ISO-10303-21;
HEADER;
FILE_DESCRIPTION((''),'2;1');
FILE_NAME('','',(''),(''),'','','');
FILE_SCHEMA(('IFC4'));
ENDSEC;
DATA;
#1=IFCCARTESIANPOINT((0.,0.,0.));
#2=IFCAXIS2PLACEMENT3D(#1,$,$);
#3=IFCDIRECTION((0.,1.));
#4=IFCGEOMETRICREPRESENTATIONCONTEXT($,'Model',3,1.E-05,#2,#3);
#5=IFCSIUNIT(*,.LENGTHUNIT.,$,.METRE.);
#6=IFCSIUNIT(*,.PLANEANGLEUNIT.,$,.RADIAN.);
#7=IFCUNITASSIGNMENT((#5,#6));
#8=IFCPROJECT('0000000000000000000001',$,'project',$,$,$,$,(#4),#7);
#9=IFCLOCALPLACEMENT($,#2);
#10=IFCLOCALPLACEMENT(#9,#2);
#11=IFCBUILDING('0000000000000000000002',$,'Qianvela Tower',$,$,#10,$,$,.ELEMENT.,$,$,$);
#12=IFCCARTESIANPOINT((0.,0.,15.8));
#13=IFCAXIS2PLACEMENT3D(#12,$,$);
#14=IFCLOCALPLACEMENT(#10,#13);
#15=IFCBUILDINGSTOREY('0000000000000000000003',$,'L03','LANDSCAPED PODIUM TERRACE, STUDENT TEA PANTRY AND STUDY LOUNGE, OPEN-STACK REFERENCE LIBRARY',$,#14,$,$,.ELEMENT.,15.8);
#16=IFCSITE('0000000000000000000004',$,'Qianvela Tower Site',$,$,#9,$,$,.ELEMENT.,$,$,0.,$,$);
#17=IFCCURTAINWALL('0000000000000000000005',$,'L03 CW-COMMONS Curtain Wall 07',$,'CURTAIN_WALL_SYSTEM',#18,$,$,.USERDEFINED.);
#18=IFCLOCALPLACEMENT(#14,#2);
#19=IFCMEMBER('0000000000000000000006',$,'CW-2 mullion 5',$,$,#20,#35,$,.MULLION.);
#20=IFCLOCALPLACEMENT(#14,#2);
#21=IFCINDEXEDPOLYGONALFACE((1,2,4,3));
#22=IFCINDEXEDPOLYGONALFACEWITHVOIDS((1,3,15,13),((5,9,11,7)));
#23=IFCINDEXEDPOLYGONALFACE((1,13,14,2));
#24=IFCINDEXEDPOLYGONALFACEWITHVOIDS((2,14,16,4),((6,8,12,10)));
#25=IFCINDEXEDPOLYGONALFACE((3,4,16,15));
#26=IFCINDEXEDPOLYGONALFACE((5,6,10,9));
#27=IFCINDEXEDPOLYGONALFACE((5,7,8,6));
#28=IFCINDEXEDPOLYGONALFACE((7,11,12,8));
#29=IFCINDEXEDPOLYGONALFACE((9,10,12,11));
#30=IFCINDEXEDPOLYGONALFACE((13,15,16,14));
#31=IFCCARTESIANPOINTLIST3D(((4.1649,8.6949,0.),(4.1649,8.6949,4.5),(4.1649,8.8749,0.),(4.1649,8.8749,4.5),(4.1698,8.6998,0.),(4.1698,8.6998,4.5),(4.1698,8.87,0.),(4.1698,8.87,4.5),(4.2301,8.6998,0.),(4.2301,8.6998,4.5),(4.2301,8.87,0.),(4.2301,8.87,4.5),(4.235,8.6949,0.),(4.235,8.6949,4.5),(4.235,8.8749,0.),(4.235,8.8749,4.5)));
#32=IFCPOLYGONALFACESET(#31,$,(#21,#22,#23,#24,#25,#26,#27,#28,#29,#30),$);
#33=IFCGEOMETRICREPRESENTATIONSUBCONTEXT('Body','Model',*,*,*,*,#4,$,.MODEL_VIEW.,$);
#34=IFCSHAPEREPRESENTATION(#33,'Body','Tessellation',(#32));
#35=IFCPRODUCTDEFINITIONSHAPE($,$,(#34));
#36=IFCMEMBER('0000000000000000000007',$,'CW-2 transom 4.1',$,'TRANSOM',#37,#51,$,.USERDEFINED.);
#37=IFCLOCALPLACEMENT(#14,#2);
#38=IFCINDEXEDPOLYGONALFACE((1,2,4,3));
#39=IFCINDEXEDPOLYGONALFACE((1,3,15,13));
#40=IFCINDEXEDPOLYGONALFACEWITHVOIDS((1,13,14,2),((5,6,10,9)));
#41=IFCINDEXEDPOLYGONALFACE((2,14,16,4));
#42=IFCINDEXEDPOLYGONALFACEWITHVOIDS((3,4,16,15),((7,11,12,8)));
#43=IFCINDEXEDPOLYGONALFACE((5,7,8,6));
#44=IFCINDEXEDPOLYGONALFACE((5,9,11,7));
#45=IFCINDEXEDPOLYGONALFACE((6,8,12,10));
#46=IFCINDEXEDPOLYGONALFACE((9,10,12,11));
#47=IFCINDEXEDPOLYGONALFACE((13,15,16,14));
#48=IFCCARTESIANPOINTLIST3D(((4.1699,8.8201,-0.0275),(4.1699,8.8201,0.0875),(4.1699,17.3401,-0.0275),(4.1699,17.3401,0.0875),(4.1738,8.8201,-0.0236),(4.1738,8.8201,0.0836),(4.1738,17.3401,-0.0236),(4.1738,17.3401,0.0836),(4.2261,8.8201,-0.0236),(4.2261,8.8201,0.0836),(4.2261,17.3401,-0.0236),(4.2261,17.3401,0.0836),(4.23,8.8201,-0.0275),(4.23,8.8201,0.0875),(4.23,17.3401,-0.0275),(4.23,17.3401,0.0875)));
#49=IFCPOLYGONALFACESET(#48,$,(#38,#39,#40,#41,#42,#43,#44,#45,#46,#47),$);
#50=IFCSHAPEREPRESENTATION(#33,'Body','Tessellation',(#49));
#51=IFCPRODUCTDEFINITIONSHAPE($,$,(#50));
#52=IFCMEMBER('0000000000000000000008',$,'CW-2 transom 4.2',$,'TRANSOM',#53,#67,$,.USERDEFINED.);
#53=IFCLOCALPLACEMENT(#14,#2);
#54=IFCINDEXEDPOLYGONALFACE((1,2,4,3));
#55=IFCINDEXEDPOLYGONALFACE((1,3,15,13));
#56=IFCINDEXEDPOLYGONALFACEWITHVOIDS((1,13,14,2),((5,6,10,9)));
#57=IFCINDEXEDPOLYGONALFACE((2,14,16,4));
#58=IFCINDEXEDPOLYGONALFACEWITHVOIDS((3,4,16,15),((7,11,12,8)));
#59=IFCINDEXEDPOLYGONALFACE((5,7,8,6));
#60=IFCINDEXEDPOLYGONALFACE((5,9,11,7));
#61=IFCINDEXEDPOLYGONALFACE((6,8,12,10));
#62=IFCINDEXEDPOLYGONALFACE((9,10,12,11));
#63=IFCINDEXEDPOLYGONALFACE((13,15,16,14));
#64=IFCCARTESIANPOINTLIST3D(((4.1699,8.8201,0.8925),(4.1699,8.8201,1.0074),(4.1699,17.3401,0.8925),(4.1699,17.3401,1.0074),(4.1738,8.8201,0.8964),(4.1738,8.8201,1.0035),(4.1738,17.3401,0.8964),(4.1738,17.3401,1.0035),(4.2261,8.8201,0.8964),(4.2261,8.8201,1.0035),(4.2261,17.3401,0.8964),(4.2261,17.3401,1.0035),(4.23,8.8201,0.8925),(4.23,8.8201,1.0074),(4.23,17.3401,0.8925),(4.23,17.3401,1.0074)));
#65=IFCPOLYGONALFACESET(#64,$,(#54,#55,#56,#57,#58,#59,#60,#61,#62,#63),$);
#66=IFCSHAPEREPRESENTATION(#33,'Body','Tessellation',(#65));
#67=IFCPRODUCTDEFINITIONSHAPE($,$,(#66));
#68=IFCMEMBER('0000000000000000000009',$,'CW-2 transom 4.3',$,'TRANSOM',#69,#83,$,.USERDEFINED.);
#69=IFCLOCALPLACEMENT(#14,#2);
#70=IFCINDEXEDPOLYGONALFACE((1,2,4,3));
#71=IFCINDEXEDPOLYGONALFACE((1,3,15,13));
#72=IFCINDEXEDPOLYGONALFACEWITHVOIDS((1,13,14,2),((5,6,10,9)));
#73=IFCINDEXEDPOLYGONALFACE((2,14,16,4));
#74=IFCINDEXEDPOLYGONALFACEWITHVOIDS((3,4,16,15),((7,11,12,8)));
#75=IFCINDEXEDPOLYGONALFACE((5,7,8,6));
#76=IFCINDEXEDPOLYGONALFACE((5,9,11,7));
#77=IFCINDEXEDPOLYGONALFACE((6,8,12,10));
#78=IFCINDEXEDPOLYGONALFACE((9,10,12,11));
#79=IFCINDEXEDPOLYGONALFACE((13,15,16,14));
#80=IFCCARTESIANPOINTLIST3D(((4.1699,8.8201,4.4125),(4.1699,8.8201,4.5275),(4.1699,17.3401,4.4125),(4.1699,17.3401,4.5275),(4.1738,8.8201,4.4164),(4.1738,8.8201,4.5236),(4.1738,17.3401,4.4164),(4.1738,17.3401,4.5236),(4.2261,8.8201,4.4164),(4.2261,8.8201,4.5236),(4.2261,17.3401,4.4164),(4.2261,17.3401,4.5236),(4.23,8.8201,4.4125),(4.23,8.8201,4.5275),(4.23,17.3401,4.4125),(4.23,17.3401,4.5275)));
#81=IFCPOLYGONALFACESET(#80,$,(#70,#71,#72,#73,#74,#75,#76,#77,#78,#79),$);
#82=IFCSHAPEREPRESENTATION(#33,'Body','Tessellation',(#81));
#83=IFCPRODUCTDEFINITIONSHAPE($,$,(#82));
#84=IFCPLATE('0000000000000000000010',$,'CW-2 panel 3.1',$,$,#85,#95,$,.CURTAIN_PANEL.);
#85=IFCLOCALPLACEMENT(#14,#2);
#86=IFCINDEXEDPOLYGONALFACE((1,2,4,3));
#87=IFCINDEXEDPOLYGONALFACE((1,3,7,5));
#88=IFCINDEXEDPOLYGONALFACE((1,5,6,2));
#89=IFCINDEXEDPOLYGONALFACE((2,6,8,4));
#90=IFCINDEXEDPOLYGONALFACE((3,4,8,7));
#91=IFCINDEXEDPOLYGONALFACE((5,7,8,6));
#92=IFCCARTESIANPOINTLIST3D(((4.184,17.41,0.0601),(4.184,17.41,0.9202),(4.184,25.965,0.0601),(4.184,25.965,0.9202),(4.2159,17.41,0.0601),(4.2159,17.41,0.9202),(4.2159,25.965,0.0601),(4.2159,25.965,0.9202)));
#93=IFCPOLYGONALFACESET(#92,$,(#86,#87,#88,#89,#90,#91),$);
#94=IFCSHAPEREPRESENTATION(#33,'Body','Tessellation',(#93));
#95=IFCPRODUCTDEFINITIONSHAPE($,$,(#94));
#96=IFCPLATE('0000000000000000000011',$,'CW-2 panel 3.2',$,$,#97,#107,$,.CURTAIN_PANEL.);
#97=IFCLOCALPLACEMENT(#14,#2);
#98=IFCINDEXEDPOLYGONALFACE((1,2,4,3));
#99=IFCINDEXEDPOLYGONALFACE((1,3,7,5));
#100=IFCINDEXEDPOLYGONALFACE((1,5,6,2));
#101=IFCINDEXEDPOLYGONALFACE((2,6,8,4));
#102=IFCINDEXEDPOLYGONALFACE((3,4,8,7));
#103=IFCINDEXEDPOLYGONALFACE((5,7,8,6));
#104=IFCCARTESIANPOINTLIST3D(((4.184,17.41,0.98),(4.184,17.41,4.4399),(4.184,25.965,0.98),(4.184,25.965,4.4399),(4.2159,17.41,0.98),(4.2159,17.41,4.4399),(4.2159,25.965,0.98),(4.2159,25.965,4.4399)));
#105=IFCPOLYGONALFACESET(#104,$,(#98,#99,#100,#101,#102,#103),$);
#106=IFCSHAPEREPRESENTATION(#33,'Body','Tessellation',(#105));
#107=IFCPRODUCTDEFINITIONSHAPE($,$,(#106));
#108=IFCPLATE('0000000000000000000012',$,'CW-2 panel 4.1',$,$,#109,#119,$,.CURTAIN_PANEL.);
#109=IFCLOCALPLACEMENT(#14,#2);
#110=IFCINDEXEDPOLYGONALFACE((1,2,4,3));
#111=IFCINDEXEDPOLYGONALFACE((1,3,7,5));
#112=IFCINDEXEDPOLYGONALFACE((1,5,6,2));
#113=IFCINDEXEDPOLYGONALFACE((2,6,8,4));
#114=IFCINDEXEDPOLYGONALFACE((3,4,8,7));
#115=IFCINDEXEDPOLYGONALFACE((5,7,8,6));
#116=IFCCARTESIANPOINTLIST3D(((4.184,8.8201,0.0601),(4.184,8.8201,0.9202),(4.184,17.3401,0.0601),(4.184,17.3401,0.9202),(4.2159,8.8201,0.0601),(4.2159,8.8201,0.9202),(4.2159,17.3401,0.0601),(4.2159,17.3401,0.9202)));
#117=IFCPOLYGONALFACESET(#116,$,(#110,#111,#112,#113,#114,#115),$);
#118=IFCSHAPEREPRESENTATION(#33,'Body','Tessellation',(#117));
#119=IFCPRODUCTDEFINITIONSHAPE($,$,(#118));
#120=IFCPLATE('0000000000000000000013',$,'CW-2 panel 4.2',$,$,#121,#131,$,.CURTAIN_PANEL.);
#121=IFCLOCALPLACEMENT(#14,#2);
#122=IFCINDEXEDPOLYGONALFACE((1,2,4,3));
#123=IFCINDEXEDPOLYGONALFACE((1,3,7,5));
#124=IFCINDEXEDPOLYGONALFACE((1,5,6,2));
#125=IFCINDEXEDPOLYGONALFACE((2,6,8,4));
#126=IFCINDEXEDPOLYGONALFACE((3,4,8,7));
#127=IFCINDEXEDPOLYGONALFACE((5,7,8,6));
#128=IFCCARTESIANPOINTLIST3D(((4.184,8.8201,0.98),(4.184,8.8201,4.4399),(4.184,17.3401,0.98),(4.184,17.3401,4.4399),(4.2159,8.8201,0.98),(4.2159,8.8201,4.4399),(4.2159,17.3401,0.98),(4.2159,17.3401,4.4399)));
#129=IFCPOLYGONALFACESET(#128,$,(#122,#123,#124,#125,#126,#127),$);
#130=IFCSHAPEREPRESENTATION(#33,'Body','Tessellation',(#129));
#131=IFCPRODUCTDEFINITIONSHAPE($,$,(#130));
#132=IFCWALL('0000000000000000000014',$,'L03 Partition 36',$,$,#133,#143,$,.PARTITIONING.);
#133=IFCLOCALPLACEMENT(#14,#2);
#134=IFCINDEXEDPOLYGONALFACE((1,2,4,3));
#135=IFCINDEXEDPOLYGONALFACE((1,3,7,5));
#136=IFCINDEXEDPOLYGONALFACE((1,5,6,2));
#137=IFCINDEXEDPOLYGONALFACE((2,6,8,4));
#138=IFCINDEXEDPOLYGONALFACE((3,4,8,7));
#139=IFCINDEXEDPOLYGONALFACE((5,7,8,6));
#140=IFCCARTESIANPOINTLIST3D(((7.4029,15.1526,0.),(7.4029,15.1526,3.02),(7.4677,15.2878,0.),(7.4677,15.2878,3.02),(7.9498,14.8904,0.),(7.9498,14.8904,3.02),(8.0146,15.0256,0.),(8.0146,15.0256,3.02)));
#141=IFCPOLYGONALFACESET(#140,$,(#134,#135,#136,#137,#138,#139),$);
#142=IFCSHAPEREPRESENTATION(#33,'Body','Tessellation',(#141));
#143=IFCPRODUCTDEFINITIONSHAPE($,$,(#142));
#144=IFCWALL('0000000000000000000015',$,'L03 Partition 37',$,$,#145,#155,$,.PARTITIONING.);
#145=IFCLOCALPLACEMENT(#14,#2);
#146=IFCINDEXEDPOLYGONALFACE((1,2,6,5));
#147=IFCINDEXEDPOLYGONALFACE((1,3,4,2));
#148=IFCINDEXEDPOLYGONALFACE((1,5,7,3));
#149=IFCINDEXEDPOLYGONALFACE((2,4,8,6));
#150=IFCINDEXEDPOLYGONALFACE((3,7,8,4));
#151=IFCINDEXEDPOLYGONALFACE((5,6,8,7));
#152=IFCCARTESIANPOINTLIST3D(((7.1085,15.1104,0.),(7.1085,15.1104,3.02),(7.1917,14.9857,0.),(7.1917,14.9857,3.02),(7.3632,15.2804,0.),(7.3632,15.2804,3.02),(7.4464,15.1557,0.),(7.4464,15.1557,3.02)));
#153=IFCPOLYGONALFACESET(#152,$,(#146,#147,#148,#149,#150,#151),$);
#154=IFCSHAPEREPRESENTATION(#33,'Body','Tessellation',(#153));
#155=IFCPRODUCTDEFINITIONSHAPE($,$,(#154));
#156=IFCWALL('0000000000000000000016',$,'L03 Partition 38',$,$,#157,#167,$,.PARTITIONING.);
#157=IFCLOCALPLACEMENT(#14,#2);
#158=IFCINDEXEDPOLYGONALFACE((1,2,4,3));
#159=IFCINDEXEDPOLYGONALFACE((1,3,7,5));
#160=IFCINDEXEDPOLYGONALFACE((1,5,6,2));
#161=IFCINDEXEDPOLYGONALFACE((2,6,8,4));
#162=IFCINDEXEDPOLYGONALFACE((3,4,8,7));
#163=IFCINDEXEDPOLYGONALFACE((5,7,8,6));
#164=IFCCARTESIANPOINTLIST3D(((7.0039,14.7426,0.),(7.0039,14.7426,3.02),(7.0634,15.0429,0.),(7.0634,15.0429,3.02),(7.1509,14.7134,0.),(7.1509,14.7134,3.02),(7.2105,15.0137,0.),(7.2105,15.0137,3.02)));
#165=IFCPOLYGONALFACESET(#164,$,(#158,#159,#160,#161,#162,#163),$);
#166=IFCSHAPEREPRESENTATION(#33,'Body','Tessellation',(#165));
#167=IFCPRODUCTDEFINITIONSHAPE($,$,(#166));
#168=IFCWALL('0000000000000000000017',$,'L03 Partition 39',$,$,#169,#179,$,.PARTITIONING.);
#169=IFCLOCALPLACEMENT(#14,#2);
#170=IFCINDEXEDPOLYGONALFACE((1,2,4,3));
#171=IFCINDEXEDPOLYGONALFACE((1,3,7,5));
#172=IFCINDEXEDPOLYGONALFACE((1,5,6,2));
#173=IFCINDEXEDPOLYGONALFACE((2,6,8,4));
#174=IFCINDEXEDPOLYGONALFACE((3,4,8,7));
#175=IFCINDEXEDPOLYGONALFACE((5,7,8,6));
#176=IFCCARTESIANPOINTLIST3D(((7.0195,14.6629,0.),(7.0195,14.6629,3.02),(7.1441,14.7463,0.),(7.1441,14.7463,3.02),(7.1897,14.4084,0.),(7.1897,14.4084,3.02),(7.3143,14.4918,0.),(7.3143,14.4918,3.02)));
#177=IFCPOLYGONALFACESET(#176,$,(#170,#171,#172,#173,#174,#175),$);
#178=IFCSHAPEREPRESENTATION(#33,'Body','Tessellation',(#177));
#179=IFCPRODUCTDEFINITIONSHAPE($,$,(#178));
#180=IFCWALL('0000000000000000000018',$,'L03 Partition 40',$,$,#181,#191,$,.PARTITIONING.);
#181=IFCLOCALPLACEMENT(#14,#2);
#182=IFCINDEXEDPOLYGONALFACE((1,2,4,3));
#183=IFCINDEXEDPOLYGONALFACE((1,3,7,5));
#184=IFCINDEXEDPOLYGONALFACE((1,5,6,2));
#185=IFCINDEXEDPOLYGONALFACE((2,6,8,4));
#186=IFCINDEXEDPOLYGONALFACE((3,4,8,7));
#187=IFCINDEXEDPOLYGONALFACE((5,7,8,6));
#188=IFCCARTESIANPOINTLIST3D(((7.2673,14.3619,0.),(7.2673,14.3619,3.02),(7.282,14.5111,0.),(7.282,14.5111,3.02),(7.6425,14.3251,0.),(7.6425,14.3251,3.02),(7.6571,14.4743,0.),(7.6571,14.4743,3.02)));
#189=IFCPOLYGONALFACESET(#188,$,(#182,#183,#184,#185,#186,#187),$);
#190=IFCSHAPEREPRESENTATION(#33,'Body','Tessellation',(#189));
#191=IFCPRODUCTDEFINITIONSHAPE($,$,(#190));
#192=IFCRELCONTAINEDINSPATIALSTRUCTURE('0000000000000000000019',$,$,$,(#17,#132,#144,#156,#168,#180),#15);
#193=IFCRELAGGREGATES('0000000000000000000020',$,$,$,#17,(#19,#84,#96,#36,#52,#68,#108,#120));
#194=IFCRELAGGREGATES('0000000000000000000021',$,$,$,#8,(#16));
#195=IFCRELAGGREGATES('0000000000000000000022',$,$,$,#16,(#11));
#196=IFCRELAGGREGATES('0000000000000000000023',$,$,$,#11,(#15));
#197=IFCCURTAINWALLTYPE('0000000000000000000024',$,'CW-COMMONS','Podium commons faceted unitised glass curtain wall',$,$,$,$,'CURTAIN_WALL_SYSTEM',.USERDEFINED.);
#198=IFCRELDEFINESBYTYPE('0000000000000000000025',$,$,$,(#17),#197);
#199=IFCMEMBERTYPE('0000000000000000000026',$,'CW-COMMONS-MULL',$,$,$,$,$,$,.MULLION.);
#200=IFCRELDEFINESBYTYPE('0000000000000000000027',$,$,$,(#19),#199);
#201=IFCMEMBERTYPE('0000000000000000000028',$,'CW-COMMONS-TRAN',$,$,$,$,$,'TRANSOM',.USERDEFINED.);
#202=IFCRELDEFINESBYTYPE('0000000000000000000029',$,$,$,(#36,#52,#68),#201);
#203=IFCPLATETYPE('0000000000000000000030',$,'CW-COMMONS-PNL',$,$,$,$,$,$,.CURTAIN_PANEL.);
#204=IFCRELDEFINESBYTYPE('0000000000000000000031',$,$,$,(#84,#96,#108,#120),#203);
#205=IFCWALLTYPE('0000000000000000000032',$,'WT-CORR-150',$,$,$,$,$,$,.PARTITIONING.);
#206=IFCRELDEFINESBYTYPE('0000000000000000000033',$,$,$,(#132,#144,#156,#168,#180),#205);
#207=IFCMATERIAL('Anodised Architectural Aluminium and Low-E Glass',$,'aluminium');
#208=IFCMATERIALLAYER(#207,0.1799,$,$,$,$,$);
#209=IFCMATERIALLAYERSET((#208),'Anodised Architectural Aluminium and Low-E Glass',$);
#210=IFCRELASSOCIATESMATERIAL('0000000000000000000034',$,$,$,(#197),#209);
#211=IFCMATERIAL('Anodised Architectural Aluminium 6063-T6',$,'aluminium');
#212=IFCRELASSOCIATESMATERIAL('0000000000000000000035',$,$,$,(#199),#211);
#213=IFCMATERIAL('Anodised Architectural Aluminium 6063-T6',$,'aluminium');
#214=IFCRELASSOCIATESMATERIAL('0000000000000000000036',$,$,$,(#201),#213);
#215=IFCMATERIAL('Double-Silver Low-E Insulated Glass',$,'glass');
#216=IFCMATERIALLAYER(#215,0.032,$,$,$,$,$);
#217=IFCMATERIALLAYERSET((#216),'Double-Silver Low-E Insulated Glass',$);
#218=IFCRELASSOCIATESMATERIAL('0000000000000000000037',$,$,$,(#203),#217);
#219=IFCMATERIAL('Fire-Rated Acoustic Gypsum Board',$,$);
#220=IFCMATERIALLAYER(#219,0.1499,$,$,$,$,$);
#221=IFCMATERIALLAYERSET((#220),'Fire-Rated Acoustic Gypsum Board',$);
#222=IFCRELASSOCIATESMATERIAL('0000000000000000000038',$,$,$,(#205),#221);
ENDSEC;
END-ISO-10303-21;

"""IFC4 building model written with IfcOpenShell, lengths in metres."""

from ifc_helpers import new_model, si_unit, direction, frame, frame_2d, origin, origin_2d, place, context, subcontext, project, spatial, rectangle, hollow_rectangle, extrude, material, layer, layer_set, material_profile, profile_set, type_object, element, aggregate, save


model = new_model("IFC4")

# Units and contexts
model_context = context("Model", 3, precision=1e-05, world=origin(), true_north=direction((0.0, 1.0)))
body_context = subcontext(model_context, "Body", "Model", "MODEL_VIEW")
ifc_project = project(units=[si_unit("LENGTHUNIT", "METRE"), si_unit("PLANEANGLEUNIT", "RADIAN")], contexts=[model_context])

# Site, building, storey
site_placement = place(None, origin())
site = spatial("IfcSite", under=ifc_project, at=site_placement, Name="Qianvela Tower Site", CompositionType="ELEMENT", RefElevation=0.0)
building_placement = place(site_placement, origin())
building = spatial("IfcBuilding", under=site, at=building_placement, Name="Qianvela Tower", CompositionType="ELEMENT")
storey_placement = place(building_placement, frame((0.0, 0.0, 15.8)))
storey = spatial("IfcBuildingStorey", under=building, at=storey_placement, Name="L03", Description="LANDSCAPED PODIUM TERRACE, STUDENT TEA PANTRY AND STUDY LOUNGE, OPEN-STACK REFERENCE LIBRARY", CompositionType="ELEMENT", Elevation=15.8)

# Curtain wall, members, plates
ifc_material_1 = material(Name="Anodised Architectural Aluminium and Low-E Glass", Category="aluminium")
ifc_layer_1 = layer(ifc_material_1, 0.1799)
ifc_layer_set_1 = layer_set([ifc_layer_1], Name="Anodised Architectural Aluminium and Low-E Glass")
curtain_wall_type = type_object("IfcCurtainWallType", Name="CW-COMMONS", Description="Podium commons faceted unitised glass curtain wall", ElementType="CURTAIN_WALL_SYSTEM", PredefinedType="USERDEFINED", material=ifc_layer_set_1)
curtain_wall_placement = place(storey_placement, origin())
curtain_wall = element("IfcCurtainWall", 1, at=curtain_wall_placement, inside=storey, type_object=curtain_wall_type, Name="L03 CW-COMMONS Curtain Wall 07", ObjectType="CURTAIN_WALL_SYSTEM", PredefinedType="USERDEFINED")
ifc_material_2 = material(Name="Anodised Architectural Aluminium 6063-T6", Category="aluminium")
ifc_material_profile_1 = material_profile(ifc_material_2, hollow_rectangle(XDim=0.0701, YDim=0.1799, WallThickness=0.0049, at=origin_2d()), Name="ALU-MULL-70x180")
ifc_profile_set_1 = profile_set([ifc_material_profile_1], Name="Anodised Architectural Aluminium 6063-T6")
member_type_1 = type_object("IfcMemberType", Name="CW-COMMONS-MULL", PredefinedType="MULLION", material=ifc_profile_set_1)
member_1_placement = place(storey_placement, frame((4.2, 8.7849, 0.0), z_axis=(0.0, 0.0, 1.0), x_axis=(1.0, 0.0, 0.0)))
member_1 = element("IfcMember", 2, at=member_1_placement, type_object=member_type_1, Name="CW-2 mullion 5", PredefinedType="MULLION", context=body_context, shape_type="SweptSolid", body=[
    extrude(hollow_rectangle(XDim=0.0701, YDim=0.1799, WallThickness=0.0049, at=origin_2d()), origin(), (0.0, 0.0, 1.0), 4.5),
])
ifc_material_3 = material(Name="Anodised Architectural Aluminium 6063-T6", Category="aluminium")
ifc_material_profile_2 = material_profile(ifc_material_3, hollow_rectangle(XDim=0.0601, YDim=0.115, WallThickness=0.0039, at=origin_2d()), Name="ALU-TRAN-60x115")
ifc_profile_set_2 = profile_set([ifc_material_profile_2], Name="Anodised Architectural Aluminium 6063-T6")
member_type_2 = type_object("IfcMemberType", Name="CW-COMMONS-TRAN", ElementType="TRANSOM", PredefinedType="USERDEFINED", material=ifc_profile_set_2)
member_2_placement = place(storey_placement, frame((4.2, 17.3401, 0.03), z_axis=(0.0, -1.0, 0.0), x_axis=(1.0, 0.0, 0.0)))
member_2 = element("IfcMember", 3, at=member_2_placement, type_object=member_type_2, Name="CW-2 transom 4.1", ObjectType="TRANSOM", PredefinedType="USERDEFINED", context=body_context, shape_type="SweptSolid", body=[
    extrude(hollow_rectangle(XDim=0.0601, YDim=0.115, WallThickness=0.0039, at=origin_2d()), origin(), (0.0, 0.0, 1.0), 8.52),
])
member_3_placement = place(storey_placement, frame((4.2, 17.3401, 0.95), z_axis=(0.0, -1.0, 0.0), x_axis=(1.0, 0.0, 0.0)))
member_3 = element("IfcMember", 4, at=member_3_placement, type_object=member_type_2, Name="CW-2 transom 4.2", ObjectType="TRANSOM", PredefinedType="USERDEFINED", context=body_context, shape_type="SweptSolid", body=[
    extrude(hollow_rectangle(XDim=0.0601, YDim=0.115, WallThickness=0.0039, at=origin_2d()), origin(), (0.0, 0.0, 1.0), 8.52),
])
member_4_placement = place(storey_placement, frame((4.2, 17.3401, 4.47), z_axis=(0.0, -1.0, 0.0), x_axis=(1.0, 0.0, 0.0)))
member_4 = element("IfcMember", 5, at=member_4_placement, type_object=member_type_2, Name="CW-2 transom 4.3", ObjectType="TRANSOM", PredefinedType="USERDEFINED", context=body_context, shape_type="SweptSolid", body=[
    extrude(hollow_rectangle(XDim=0.0601, YDim=0.115, WallThickness=0.0039, at=origin_2d()), origin(), (0.0, 0.0, 1.0), 8.52),
])
ifc_material_4 = material(Name="Double-Silver Low-E Insulated Glass", Category="glass")
ifc_layer_2 = layer(ifc_material_4, 0.032)
ifc_layer_set_2 = layer_set([ifc_layer_2], Name="Double-Silver Low-E Insulated Glass")
plate_type = type_object("IfcPlateType", Name="CW-COMMONS-PNL", PredefinedType="CURTAIN_PANEL", material=ifc_layer_set_2)
plate_1_placement = place(storey_placement, frame((4.2, 21.6875, 0.0601), z_axis=(0.0, 0.0, 1.0), x_axis=(0.0, -1.0, 0.0)))
plate_1 = element("IfcPlate", 6, at=plate_1_placement, type_object=plate_type, Name="CW-2 panel 3.1", PredefinedType="CURTAIN_PANEL", context=body_context, shape_type="SweptSolid", body=[
    extrude(rectangle(XDim=8.5549, YDim=0.032, at=origin_2d()), origin(), (0.0, 0.0, 1.0), 0.8601),
])
plate_2_placement = place(storey_placement, frame((4.2, 21.6875, 0.98), z_axis=(0.0, 0.0, 1.0), x_axis=(0.0, -1.0, 0.0)))
plate_2 = element("IfcPlate", 7, at=plate_2_placement, type_object=plate_type, Name="CW-2 panel 3.2", PredefinedType="CURTAIN_PANEL", context=body_context, shape_type="SweptSolid", body=[
    extrude(rectangle(XDim=8.5549, YDim=0.032, at=origin_2d()), origin(), (0.0, 0.0, 1.0), 3.46),
])
plate_3_placement = place(storey_placement, frame((4.2, 13.0801, 0.0601), z_axis=(0.0, 0.0, 1.0), x_axis=(0.0, -1.0, 0.0)))
plate_3 = element("IfcPlate", 8, at=plate_3_placement, type_object=plate_type, Name="CW-2 panel 4.1", PredefinedType="CURTAIN_PANEL", context=body_context, shape_type="SweptSolid", body=[
    extrude(rectangle(XDim=8.52, YDim=0.032, at=origin_2d()), origin(), (0.0, 0.0, 1.0), 0.8601),
])
plate_4_placement = place(storey_placement, frame((4.2, 13.0801, 0.98), z_axis=(0.0, 0.0, 1.0), x_axis=(0.0, -1.0, 0.0)))
plate_4 = element("IfcPlate", 9, at=plate_4_placement, type_object=plate_type, Name="CW-2 panel 4.2", PredefinedType="CURTAIN_PANEL", context=body_context, shape_type="SweptSolid", body=[
    extrude(rectangle(XDim=8.52, YDim=0.032, at=origin_2d()), origin(), (0.0, 0.0, 1.0), 3.46),
])
aggregate(curtain_wall, [member_1, plate_1, plate_2, member_2, member_3, member_4, plate_3, plate_4])

# Walls
ifc_material_5 = material(Name="Fire-Rated Acoustic Gypsum Board")
ifc_layer_3 = layer(ifc_material_5, 0.1499)
ifc_layer_set_3 = layer_set([ifc_layer_3], Name="Fire-Rated Acoustic Gypsum Board")
wall_type_1 = type_object("IfcWallType", Name="WT-CORR-150", PredefinedType="PARTITIONING", material=ifc_layer_set_3)
wall_1_placement = place(storey_placement, frame((7.9822, 14.958, 0.0), z_axis=(0.0, 0.0, 1.0), x_axis=(-0.901711, 0.432338, 0.0)))
element("IfcWall", 10, at=wall_1_placement, inside=storey, type_object=wall_type_1, Name="L03 Partition 36", PredefinedType="PARTITIONING", context=body_context, shape_type="SweptSolid", body=[
    extrude(rectangle(XDim=0.6064, YDim=0.1499, at=frame_2d((0.3032, 0.0))), origin(), (0.0, 0.0, 1.0), 3.02),
])
for number, where, z_axis, x_axis, name in (
    (11, (7.4048, 15.218, 0.0), (0.0, 0.0, 1.0), (-0.831805, -0.555068, 0.0), "L03 Partition 37"),
    (12, (7.137, 15.0283, 0.0), (0.0, 0.0, 1.0), (-0.194582, -0.980886, 0.0), "L03 Partition 38"),
    (13, (7.0818, 14.7046, 0.0), (0.0, 0.0, 1.0), (0.555988, -0.83119, 0.0), "L03 Partition 39"),
):
    element("IfcWall", number, at=place(storey_placement, frame(where, z_axis=z_axis, x_axis=x_axis)), inside=storey, type_object=wall_type_1, Name=name, PredefinedType="PARTITIONING", context=body_context, shape_type="SweptSolid", body=[
        extrude(rectangle(XDim=0.3062, YDim=0.1499, at=frame_2d((0.1531, 0.0))), origin(), (0.0, 0.0, 1.0), 3.02),
    ])
wall_2_placement = place(storey_placement, frame((7.2747, 14.4365, 0.0), z_axis=(0.0, 0.0, 1.0), x_axis=(0.995209, -0.097773, 0.0)))
element("IfcWall", 14, at=wall_2_placement, inside=storey, type_object=wall_type_1, Name="L03 Partition 40", PredefinedType="PARTITIONING", context=body_context, shape_type="SweptSolid", body=[
    extrude(rectangle(XDim=0.377, YDim=0.1499, at=frame_2d((0.1885, 0.0))), origin(), (0.0, 0.0, 1.0), 3.02),
])

save(model, "model.ifc")
